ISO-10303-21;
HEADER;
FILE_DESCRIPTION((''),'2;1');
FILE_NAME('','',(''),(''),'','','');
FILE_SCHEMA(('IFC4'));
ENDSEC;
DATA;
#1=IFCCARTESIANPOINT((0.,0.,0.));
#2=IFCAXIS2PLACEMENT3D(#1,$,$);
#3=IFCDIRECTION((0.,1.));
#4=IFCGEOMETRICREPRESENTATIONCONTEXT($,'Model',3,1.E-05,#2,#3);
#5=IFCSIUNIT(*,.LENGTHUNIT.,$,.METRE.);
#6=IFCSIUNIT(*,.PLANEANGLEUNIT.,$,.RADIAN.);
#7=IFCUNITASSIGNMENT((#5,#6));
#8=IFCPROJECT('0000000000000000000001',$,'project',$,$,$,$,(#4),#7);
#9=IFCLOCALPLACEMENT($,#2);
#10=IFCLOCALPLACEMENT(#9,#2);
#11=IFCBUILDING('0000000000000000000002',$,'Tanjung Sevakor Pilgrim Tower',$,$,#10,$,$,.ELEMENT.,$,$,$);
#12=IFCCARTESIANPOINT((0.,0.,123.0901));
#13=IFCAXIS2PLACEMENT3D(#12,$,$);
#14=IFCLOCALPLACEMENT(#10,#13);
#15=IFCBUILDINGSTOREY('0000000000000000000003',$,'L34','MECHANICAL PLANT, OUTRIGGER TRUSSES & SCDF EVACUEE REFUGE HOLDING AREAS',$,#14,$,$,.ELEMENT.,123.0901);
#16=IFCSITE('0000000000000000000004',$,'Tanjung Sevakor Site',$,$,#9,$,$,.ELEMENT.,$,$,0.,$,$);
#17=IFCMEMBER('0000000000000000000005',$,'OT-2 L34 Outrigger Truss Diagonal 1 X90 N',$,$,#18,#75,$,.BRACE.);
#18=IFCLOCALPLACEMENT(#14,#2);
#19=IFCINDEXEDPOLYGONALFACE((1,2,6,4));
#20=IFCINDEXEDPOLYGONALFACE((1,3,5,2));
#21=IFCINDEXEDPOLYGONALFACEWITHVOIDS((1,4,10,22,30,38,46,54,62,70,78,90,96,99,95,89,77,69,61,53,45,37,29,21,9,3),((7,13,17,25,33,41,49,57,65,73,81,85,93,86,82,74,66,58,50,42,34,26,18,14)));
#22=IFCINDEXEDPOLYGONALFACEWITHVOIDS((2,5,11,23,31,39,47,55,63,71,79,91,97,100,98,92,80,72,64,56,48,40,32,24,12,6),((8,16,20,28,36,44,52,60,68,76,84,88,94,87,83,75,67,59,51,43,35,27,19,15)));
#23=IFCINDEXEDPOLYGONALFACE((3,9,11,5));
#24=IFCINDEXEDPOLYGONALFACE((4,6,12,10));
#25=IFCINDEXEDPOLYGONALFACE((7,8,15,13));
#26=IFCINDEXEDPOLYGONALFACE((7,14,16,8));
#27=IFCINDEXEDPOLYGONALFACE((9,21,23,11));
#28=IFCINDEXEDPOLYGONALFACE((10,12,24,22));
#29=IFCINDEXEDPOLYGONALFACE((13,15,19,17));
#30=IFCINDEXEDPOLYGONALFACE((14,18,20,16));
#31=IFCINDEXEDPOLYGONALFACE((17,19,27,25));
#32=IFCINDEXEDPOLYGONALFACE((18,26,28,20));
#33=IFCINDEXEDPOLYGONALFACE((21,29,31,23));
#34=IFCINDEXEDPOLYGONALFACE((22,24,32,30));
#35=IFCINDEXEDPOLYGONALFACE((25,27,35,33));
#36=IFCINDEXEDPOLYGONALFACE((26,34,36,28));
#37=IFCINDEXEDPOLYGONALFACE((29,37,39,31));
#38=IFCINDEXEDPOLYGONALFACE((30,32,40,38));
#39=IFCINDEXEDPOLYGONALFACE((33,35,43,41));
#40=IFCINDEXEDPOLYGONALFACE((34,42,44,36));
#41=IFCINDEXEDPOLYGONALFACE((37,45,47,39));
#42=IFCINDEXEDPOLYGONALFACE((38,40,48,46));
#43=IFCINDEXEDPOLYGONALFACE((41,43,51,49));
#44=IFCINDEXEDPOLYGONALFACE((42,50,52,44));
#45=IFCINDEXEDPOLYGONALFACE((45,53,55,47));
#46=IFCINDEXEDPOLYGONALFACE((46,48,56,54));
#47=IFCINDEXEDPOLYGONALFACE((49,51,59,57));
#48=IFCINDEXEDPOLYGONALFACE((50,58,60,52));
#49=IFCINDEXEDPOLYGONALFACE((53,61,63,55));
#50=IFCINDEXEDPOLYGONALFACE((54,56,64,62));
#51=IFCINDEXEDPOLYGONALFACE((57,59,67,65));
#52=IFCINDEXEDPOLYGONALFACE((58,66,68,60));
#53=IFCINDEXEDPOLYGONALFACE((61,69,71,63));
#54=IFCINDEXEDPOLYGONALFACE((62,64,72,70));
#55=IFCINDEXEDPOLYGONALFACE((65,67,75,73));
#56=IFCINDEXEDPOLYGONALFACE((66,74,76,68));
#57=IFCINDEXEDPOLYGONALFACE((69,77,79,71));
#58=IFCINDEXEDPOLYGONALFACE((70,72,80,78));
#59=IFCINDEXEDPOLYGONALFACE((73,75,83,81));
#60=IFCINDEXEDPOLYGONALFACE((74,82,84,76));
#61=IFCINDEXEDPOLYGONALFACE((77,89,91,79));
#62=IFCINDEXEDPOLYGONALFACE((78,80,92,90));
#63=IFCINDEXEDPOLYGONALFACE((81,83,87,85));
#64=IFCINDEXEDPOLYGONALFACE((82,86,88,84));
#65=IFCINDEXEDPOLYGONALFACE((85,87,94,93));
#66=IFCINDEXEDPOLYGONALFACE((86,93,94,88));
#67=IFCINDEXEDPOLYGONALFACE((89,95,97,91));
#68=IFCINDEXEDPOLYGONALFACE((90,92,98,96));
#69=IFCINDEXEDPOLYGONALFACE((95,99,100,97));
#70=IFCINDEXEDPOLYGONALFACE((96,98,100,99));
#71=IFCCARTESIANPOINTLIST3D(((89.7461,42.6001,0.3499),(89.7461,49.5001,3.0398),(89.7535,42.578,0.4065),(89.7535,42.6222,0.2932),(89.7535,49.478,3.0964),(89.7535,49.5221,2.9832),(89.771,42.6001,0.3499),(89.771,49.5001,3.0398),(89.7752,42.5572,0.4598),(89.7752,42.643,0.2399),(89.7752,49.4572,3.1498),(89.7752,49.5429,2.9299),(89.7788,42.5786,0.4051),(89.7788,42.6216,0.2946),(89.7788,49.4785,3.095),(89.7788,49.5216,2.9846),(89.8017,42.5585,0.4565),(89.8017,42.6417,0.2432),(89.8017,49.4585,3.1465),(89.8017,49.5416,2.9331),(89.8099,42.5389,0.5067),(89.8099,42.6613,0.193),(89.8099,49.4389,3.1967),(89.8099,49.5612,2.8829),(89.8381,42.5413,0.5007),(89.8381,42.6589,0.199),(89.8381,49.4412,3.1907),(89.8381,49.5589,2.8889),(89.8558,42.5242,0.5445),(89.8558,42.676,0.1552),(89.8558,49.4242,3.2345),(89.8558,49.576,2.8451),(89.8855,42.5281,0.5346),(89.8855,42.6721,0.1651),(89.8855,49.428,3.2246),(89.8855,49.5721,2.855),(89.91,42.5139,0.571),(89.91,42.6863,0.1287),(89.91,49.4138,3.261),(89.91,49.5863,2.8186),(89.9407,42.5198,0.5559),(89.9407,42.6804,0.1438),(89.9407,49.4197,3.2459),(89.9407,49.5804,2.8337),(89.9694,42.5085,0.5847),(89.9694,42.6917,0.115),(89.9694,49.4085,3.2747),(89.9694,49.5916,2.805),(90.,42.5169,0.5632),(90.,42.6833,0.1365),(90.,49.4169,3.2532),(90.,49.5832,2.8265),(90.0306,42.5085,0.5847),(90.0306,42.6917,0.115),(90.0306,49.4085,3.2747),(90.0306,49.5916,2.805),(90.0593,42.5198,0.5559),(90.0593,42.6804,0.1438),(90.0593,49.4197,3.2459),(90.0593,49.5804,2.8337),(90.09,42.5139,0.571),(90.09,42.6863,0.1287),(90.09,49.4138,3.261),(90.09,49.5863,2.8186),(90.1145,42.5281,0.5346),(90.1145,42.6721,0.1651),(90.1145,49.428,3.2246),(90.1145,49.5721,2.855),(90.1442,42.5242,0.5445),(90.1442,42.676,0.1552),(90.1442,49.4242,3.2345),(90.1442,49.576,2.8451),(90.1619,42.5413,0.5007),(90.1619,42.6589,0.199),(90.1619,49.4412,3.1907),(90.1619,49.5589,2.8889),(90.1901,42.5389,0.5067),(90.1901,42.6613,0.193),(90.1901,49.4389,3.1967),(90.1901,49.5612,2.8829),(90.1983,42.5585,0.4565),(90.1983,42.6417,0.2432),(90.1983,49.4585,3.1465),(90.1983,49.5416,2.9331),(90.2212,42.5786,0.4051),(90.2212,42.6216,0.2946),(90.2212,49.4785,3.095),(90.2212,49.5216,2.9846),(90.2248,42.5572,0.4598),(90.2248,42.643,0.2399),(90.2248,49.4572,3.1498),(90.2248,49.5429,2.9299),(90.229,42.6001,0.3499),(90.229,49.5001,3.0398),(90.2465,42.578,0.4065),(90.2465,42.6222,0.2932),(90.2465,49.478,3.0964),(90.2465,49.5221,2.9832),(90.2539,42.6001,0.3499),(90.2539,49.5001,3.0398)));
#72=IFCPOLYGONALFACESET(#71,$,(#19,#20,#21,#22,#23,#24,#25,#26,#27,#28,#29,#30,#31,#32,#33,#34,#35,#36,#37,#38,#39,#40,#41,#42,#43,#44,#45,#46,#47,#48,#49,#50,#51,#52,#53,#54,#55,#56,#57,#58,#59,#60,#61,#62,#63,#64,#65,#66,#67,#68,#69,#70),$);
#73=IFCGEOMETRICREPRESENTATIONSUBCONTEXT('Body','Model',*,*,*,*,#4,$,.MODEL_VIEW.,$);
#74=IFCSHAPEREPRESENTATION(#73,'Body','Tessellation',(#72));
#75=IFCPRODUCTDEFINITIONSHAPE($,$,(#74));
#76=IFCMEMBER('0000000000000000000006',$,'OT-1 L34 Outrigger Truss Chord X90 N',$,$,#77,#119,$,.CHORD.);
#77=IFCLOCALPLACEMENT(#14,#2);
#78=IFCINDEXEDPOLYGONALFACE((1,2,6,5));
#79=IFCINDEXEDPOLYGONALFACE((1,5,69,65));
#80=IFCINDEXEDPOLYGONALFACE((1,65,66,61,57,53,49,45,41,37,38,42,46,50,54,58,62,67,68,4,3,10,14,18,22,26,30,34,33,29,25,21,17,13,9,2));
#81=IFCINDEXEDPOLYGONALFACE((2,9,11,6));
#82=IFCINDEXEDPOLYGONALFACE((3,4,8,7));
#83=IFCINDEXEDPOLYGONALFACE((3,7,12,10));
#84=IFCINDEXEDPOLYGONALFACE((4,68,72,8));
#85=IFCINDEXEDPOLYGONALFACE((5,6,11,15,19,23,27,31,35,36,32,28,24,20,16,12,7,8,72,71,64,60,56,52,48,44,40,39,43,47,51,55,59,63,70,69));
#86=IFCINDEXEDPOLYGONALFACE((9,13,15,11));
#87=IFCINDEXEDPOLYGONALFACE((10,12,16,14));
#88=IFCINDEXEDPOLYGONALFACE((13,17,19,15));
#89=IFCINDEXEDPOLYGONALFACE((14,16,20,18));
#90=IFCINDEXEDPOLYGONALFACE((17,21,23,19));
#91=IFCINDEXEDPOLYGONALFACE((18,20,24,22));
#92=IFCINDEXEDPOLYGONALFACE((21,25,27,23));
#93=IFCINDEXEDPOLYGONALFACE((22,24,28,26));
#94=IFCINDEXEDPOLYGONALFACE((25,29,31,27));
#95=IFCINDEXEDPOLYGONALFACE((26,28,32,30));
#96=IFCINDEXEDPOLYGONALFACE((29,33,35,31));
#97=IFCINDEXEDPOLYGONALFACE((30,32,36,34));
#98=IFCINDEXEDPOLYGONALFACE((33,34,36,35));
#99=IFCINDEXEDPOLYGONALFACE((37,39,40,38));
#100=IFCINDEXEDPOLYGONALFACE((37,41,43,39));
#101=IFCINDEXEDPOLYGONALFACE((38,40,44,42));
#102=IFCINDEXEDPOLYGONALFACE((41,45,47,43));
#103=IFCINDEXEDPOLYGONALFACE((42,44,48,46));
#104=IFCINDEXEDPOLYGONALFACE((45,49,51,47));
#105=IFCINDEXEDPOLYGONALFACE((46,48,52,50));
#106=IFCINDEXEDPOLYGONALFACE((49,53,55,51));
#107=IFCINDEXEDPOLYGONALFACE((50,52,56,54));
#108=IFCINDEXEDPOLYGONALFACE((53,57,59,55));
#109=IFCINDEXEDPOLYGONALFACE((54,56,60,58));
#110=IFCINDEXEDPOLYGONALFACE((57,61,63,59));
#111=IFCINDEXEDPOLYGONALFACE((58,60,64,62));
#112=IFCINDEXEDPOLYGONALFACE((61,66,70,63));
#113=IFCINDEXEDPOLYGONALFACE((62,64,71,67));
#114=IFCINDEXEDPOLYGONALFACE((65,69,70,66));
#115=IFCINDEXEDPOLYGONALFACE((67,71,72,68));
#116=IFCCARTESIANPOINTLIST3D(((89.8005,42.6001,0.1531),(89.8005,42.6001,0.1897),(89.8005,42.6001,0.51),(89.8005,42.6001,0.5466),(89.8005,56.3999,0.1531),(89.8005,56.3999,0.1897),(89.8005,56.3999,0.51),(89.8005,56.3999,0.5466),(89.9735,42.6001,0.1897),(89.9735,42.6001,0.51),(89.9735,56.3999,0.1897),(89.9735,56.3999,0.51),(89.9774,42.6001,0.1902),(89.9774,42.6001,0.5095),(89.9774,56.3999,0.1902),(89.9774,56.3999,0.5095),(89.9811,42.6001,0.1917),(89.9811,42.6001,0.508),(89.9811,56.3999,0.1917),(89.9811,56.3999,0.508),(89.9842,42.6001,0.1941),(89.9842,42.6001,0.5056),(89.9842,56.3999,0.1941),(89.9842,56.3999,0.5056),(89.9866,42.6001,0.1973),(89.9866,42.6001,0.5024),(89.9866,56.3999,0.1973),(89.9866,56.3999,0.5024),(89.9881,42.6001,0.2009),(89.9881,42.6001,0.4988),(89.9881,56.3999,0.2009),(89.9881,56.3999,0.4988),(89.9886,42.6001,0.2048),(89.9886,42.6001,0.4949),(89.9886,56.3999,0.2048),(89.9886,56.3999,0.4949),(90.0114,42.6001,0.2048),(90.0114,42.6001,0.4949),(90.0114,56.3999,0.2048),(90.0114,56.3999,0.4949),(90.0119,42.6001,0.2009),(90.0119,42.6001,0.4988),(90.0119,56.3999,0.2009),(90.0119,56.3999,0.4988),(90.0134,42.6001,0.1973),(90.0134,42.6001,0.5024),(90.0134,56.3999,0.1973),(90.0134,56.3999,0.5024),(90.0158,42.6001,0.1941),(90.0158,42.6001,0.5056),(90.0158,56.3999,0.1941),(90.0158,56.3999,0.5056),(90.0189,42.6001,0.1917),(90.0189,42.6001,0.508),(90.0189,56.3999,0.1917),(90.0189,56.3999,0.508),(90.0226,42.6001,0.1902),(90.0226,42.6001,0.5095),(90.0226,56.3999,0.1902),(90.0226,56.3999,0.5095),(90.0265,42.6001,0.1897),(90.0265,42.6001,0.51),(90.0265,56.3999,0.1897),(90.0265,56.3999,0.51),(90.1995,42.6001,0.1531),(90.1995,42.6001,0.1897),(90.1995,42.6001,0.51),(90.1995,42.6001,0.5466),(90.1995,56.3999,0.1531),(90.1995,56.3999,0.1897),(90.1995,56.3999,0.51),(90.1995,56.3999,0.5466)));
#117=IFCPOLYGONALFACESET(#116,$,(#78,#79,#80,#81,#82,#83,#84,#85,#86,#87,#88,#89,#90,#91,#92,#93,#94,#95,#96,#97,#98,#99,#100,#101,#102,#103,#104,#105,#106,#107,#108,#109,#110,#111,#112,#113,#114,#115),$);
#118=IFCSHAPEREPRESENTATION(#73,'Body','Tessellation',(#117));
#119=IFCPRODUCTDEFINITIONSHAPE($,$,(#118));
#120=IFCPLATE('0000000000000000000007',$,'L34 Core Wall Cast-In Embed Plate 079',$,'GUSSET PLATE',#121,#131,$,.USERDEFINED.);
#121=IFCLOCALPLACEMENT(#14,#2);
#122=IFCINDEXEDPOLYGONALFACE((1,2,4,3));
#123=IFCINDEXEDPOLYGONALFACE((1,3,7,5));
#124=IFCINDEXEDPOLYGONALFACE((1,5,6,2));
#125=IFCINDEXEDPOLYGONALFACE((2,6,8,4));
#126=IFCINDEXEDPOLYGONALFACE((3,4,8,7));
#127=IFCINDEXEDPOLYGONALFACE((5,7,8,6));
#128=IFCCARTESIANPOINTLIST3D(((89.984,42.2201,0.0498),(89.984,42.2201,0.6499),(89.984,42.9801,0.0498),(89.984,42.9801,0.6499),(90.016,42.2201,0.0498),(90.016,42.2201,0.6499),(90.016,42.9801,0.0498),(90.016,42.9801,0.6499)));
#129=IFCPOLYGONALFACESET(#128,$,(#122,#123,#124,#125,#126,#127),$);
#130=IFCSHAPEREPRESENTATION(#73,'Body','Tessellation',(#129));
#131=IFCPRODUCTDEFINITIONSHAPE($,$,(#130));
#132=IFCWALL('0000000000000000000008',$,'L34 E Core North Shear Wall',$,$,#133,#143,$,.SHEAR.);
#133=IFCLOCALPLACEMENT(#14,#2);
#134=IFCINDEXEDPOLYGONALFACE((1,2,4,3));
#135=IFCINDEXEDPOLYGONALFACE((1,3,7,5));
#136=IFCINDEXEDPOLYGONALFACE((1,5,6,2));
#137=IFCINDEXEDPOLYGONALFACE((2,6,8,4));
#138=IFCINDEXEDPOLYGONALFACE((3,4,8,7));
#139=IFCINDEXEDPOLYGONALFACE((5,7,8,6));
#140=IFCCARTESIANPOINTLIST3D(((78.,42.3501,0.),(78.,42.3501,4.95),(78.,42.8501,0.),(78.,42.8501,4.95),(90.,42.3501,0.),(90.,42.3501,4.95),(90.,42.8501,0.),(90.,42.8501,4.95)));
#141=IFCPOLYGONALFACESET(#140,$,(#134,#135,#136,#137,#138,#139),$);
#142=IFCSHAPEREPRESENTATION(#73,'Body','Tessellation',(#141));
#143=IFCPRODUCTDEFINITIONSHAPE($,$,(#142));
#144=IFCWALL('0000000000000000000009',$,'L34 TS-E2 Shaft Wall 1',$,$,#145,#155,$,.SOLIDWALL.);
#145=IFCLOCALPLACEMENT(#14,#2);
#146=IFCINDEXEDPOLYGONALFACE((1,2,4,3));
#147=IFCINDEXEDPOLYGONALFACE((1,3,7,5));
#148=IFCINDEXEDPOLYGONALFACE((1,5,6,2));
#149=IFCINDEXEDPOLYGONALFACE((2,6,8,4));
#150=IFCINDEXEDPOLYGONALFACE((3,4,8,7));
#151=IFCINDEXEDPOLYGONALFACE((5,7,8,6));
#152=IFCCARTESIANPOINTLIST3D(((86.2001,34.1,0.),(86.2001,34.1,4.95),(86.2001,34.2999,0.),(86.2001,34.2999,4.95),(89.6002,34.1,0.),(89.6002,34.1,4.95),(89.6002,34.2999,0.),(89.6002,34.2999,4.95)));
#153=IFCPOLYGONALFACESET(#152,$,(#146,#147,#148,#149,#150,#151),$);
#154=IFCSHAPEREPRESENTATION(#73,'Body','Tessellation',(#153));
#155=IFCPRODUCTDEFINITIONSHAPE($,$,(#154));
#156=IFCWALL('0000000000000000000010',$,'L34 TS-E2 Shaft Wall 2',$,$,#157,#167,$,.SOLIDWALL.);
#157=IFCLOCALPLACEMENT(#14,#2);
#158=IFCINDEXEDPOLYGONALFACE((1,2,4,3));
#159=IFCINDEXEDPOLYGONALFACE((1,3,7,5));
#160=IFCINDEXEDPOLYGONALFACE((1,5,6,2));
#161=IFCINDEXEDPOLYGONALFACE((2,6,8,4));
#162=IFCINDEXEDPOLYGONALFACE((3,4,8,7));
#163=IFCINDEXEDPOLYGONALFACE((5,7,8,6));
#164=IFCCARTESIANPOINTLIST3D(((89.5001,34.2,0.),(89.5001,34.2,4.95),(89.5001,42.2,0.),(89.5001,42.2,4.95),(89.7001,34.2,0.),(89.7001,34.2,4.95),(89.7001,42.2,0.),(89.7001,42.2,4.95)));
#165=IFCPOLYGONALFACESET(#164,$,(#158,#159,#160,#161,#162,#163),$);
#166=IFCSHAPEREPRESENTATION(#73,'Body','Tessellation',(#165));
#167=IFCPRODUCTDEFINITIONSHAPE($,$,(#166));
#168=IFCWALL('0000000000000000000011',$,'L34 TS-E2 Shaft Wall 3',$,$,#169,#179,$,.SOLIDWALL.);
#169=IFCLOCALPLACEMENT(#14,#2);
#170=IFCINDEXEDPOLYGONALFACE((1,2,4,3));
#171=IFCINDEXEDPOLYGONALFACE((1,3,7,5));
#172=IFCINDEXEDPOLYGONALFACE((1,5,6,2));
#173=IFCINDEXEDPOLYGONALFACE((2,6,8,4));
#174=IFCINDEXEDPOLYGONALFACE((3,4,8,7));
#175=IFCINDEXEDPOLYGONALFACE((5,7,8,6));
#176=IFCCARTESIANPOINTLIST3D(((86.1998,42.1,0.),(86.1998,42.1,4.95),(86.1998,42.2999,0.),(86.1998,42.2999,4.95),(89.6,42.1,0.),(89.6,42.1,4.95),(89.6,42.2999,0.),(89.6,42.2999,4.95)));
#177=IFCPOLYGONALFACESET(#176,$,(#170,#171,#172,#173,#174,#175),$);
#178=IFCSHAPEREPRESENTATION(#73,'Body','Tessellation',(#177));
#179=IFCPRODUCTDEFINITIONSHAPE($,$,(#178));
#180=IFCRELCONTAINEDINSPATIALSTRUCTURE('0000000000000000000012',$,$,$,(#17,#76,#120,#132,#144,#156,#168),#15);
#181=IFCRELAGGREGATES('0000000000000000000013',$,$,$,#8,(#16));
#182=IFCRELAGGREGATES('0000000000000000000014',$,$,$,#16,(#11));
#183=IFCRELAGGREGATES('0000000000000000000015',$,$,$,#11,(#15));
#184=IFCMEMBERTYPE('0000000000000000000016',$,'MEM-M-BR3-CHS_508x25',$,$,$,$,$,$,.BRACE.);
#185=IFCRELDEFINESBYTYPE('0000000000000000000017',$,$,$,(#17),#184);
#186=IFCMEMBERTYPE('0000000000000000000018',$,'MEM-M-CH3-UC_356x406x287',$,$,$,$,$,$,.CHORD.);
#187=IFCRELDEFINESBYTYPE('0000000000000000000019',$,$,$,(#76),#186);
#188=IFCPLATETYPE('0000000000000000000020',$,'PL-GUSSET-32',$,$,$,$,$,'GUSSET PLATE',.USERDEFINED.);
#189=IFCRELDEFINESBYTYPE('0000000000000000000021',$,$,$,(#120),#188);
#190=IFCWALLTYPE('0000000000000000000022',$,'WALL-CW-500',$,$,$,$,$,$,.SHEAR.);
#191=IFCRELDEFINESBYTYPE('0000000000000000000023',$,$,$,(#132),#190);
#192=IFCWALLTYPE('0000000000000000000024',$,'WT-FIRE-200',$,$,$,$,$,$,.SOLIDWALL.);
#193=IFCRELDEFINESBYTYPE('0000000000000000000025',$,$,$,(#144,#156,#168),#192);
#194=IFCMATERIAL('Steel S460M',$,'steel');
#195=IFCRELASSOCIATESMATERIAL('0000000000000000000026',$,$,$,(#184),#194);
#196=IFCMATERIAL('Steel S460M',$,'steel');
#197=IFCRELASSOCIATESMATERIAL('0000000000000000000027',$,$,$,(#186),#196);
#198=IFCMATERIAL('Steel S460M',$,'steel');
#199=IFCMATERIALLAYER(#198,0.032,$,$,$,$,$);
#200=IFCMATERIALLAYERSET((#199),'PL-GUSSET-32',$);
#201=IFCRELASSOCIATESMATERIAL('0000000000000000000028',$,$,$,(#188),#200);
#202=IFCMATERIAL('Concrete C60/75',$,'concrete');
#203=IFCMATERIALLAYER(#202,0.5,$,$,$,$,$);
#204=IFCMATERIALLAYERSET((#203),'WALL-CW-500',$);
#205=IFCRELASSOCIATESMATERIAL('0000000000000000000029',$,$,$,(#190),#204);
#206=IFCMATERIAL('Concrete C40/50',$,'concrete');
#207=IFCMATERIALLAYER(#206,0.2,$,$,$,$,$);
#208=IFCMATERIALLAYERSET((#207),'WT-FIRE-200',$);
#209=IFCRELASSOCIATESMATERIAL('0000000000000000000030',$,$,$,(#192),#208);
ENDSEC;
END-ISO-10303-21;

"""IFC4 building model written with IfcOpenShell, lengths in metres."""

from ifc_helpers import new_model, si_unit, direction, frame, frame_2d, origin, origin_2d, place, context, subcontext, project, spatial, rectangle, hollow_circle, i_section, extrude, material, layer, layer_set, material_profile, profile_set, type_object, element, save


model = new_model("IFC4")

# Units and contexts
model_context = context("Model", 3, precision=1e-05, world=origin(), true_north=direction((0.0, 1.0)))
body_context = subcontext(model_context, "Body", "Model", "MODEL_VIEW")
ifc_project = project(units=[si_unit("LENGTHUNIT", "METRE"), si_unit("PLANEANGLEUNIT", "RADIAN")], contexts=[model_context])

# Site, building, storey
site_placement = place(None, origin())
site = spatial("IfcSite", under=ifc_project, at=site_placement, Name="Tanjung Sevakor Site", CompositionType="ELEMENT", RefElevation=0.0)
building_placement = place(site_placement, origin())
building = spatial("IfcBuilding", under=site, at=building_placement, Name="Tanjung Sevakor Pilgrim Tower", CompositionType="ELEMENT")
storey_placement = place(building_placement, frame((0.0, 0.0, 123.0901)))
storey = spatial("IfcBuildingStorey", under=building, at=storey_placement, Name="L34", Description="MECHANICAL PLANT, OUTRIGGER TRUSSES & SCDF EVACUEE REFUGE HOLDING AREAS", CompositionType="ELEMENT", Elevation=123.0901)

# Members
ifc_material_1 = material(Name="Steel S460M", Category="steel")
ifc_material_profile_1 = material_profile(ifc_material_1, hollow_circle(Radius=0.2539, WallThickness=0.0249, at=origin_2d()))
ifc_profile_set_1 = profile_set([ifc_material_profile_1], Name="Steel S460M")
member_type_1 = type_object("IfcMemberType", Name="MEM-M-BR3-CHS_508x25", PredefinedType="BRACE", material=ifc_profile_set_1)
member_1_placement = place(storey_placement, frame((90.0, 42.6001, 0.3499), z_axis=(0.0, 0.931701, 0.363226), x_axis=(-1.0, 0.0, 0.0)))
element("IfcMember", 1, at=member_1_placement, inside=storey, type_object=member_type_1, Name="OT-2 L34 Outrigger Truss Diagonal 1 X90 N", PredefinedType="BRACE", context=body_context, shape_type="SweptSolid", body=[
    extrude(hollow_circle(Radius=0.2539, WallThickness=0.0249, at=origin_2d()), origin(), (0.0, 0.0, 1.0), 7.4058),
])
ifc_material_2 = material(Name="Steel S460M", Category="steel")
ifc_material_profile_2 = material_profile(ifc_material_2, i_section(OverallWidth=0.3989, OverallDepth=0.3936, WebThickness=0.0227, FlangeThickness=0.0366, FilletRadius=0.0151, at=origin_2d()))
ifc_profile_set_2 = profile_set([ifc_material_profile_2], Name="Steel S460M")
member_type_2 = type_object("IfcMemberType", Name="MEM-M-CH3-UC_356x406x287", PredefinedType="CHORD", material=ifc_profile_set_2)
member_2_placement = place(storey_placement, frame((90.0, 42.6001, 0.3499), z_axis=(0.0, 1.0, 0.0), x_axis=(-1.0, 0.0, 0.0)))
element("IfcMember", 2, at=member_2_placement, inside=storey, type_object=member_type_2, Name="OT-1 L34 Outrigger Truss Chord X90 N", PredefinedType="CHORD", context=body_context, shape_type="SweptSolid", body=[
    extrude(i_section(OverallWidth=0.3989, OverallDepth=0.3936, WebThickness=0.0227, FlangeThickness=0.0366, FilletRadius=0.0151, at=origin_2d()), origin(), (0.0, 0.0, 1.0), 13.7998),
])

# Plate
ifc_material_3 = material(Name="Steel S460M", Category="steel")
ifc_layer_1 = layer(ifc_material_3, 0.032)
ifc_layer_set_1 = layer_set([ifc_layer_1], Name="PL-GUSSET-32")
plate_type = type_object("IfcPlateType", Name="PL-GUSSET-32", ElementType="GUSSET PLATE", PredefinedType="USERDEFINED", material=ifc_layer_set_1)
plate_placement = place(storey_placement, frame((90.0, 42.6001, 0.0498), z_axis=(0.0, 0.0, 1.0), x_axis=(1.0, 0.0, 0.0)))
element("IfcPlate", 3, at=plate_placement, inside=storey, type_object=plate_type, Name="L34 Core Wall Cast-In Embed Plate 079", ObjectType="GUSSET PLATE", PredefinedType="USERDEFINED", context=body_context, shape_type="SweptSolid", body=[
    extrude(rectangle(XDim=0.032, YDim=0.76, at=origin_2d()), origin(), (0.0, 0.0, 1.0), 0.6001),
])

# Walls
ifc_material_4 = material(Name="Concrete C60/75", Category="concrete")
ifc_layer_2 = layer(ifc_material_4, 0.5)
ifc_layer_set_2 = layer_set([ifc_layer_2], Name="WALL-CW-500")
wall_type_1 = type_object("IfcWallType", Name="WALL-CW-500", PredefinedType="SHEAR", material=ifc_layer_set_2)
wall_1_placement = place(storey_placement, frame((90.0, 42.6001, 0.0), z_axis=(0.0, 0.0, 1.0), x_axis=(-1.0, 0.0, 0.0)))
element("IfcWall", 4, at=wall_1_placement, inside=storey, type_object=wall_type_1, Name="L34 E Core North Shear Wall", PredefinedType="SHEAR", context=body_context, shape_type="SweptSolid", body=[
    extrude(rectangle(XDim=12.0, YDim=0.5, at=frame_2d((6.0, 0.0))), origin(), (0.0, 0.0, 1.0), 4.95),
])
ifc_material_5 = material(Name="Concrete C40/50", Category="concrete")
ifc_layer_3 = layer(ifc_material_5, 0.2)
ifc_layer_set_3 = layer_set([ifc_layer_3], Name="WT-FIRE-200")
wall_type_2 = type_object("IfcWallType", Name="WT-FIRE-200", PredefinedType="SOLIDWALL", material=ifc_layer_set_3)
wall_2_placement = place(storey_placement, frame((86.2, 34.2, 0.0), z_axis=(0.0, 0.0, 1.0), x_axis=(1.0, 0.0, 0.0)))
element("IfcWall", 5, at=wall_2_placement, inside=storey, type_object=wall_type_2, Name="L34 TS-E2 Shaft Wall 1", PredefinedType="SOLIDWALL", context=body_context, shape_type="SweptSolid", body=[
    extrude(rectangle(XDim=3.4001, YDim=0.2, at=frame_2d((1.7002, 0.0))), origin(), (0.0, 0.0, 1.0), 4.95),
])
wall_3_placement = place(storey_placement, frame((89.6001, 34.2, 0.0), z_axis=(0.0, 0.0, 1.0), x_axis=(0.0, 1.0, 0.0)))
element("IfcWall", 6, at=wall_3_placement, inside=storey, type_object=wall_type_2, Name="L34 TS-E2 Shaft Wall 2", PredefinedType="SOLIDWALL", context=body_context, shape_type="SweptSolid", body=[
    extrude(rectangle(XDim=8.0, YDim=0.2, at=frame_2d((4.0, 0.0))), origin(), (0.0, 0.0, 1.0), 4.95),
])
wall_4_placement = place(storey_placement, frame((89.6001, 42.2, 0.0), z_axis=(0.0, 0.0, 1.0), x_axis=(-1.0, 0.0, 0.0)))
element("IfcWall", 7, at=wall_4_placement, inside=storey, type_object=wall_type_2, Name="L34 TS-E2 Shaft Wall 3", PredefinedType="SOLIDWALL", context=body_context, shape_type="SweptSolid", body=[
    extrude(rectangle(XDim=3.4001, YDim=0.2, at=frame_2d((1.7002, 0.0))), origin(), (0.0, 0.0, 1.0), 4.95),
])

save(model, "model.ifc")
